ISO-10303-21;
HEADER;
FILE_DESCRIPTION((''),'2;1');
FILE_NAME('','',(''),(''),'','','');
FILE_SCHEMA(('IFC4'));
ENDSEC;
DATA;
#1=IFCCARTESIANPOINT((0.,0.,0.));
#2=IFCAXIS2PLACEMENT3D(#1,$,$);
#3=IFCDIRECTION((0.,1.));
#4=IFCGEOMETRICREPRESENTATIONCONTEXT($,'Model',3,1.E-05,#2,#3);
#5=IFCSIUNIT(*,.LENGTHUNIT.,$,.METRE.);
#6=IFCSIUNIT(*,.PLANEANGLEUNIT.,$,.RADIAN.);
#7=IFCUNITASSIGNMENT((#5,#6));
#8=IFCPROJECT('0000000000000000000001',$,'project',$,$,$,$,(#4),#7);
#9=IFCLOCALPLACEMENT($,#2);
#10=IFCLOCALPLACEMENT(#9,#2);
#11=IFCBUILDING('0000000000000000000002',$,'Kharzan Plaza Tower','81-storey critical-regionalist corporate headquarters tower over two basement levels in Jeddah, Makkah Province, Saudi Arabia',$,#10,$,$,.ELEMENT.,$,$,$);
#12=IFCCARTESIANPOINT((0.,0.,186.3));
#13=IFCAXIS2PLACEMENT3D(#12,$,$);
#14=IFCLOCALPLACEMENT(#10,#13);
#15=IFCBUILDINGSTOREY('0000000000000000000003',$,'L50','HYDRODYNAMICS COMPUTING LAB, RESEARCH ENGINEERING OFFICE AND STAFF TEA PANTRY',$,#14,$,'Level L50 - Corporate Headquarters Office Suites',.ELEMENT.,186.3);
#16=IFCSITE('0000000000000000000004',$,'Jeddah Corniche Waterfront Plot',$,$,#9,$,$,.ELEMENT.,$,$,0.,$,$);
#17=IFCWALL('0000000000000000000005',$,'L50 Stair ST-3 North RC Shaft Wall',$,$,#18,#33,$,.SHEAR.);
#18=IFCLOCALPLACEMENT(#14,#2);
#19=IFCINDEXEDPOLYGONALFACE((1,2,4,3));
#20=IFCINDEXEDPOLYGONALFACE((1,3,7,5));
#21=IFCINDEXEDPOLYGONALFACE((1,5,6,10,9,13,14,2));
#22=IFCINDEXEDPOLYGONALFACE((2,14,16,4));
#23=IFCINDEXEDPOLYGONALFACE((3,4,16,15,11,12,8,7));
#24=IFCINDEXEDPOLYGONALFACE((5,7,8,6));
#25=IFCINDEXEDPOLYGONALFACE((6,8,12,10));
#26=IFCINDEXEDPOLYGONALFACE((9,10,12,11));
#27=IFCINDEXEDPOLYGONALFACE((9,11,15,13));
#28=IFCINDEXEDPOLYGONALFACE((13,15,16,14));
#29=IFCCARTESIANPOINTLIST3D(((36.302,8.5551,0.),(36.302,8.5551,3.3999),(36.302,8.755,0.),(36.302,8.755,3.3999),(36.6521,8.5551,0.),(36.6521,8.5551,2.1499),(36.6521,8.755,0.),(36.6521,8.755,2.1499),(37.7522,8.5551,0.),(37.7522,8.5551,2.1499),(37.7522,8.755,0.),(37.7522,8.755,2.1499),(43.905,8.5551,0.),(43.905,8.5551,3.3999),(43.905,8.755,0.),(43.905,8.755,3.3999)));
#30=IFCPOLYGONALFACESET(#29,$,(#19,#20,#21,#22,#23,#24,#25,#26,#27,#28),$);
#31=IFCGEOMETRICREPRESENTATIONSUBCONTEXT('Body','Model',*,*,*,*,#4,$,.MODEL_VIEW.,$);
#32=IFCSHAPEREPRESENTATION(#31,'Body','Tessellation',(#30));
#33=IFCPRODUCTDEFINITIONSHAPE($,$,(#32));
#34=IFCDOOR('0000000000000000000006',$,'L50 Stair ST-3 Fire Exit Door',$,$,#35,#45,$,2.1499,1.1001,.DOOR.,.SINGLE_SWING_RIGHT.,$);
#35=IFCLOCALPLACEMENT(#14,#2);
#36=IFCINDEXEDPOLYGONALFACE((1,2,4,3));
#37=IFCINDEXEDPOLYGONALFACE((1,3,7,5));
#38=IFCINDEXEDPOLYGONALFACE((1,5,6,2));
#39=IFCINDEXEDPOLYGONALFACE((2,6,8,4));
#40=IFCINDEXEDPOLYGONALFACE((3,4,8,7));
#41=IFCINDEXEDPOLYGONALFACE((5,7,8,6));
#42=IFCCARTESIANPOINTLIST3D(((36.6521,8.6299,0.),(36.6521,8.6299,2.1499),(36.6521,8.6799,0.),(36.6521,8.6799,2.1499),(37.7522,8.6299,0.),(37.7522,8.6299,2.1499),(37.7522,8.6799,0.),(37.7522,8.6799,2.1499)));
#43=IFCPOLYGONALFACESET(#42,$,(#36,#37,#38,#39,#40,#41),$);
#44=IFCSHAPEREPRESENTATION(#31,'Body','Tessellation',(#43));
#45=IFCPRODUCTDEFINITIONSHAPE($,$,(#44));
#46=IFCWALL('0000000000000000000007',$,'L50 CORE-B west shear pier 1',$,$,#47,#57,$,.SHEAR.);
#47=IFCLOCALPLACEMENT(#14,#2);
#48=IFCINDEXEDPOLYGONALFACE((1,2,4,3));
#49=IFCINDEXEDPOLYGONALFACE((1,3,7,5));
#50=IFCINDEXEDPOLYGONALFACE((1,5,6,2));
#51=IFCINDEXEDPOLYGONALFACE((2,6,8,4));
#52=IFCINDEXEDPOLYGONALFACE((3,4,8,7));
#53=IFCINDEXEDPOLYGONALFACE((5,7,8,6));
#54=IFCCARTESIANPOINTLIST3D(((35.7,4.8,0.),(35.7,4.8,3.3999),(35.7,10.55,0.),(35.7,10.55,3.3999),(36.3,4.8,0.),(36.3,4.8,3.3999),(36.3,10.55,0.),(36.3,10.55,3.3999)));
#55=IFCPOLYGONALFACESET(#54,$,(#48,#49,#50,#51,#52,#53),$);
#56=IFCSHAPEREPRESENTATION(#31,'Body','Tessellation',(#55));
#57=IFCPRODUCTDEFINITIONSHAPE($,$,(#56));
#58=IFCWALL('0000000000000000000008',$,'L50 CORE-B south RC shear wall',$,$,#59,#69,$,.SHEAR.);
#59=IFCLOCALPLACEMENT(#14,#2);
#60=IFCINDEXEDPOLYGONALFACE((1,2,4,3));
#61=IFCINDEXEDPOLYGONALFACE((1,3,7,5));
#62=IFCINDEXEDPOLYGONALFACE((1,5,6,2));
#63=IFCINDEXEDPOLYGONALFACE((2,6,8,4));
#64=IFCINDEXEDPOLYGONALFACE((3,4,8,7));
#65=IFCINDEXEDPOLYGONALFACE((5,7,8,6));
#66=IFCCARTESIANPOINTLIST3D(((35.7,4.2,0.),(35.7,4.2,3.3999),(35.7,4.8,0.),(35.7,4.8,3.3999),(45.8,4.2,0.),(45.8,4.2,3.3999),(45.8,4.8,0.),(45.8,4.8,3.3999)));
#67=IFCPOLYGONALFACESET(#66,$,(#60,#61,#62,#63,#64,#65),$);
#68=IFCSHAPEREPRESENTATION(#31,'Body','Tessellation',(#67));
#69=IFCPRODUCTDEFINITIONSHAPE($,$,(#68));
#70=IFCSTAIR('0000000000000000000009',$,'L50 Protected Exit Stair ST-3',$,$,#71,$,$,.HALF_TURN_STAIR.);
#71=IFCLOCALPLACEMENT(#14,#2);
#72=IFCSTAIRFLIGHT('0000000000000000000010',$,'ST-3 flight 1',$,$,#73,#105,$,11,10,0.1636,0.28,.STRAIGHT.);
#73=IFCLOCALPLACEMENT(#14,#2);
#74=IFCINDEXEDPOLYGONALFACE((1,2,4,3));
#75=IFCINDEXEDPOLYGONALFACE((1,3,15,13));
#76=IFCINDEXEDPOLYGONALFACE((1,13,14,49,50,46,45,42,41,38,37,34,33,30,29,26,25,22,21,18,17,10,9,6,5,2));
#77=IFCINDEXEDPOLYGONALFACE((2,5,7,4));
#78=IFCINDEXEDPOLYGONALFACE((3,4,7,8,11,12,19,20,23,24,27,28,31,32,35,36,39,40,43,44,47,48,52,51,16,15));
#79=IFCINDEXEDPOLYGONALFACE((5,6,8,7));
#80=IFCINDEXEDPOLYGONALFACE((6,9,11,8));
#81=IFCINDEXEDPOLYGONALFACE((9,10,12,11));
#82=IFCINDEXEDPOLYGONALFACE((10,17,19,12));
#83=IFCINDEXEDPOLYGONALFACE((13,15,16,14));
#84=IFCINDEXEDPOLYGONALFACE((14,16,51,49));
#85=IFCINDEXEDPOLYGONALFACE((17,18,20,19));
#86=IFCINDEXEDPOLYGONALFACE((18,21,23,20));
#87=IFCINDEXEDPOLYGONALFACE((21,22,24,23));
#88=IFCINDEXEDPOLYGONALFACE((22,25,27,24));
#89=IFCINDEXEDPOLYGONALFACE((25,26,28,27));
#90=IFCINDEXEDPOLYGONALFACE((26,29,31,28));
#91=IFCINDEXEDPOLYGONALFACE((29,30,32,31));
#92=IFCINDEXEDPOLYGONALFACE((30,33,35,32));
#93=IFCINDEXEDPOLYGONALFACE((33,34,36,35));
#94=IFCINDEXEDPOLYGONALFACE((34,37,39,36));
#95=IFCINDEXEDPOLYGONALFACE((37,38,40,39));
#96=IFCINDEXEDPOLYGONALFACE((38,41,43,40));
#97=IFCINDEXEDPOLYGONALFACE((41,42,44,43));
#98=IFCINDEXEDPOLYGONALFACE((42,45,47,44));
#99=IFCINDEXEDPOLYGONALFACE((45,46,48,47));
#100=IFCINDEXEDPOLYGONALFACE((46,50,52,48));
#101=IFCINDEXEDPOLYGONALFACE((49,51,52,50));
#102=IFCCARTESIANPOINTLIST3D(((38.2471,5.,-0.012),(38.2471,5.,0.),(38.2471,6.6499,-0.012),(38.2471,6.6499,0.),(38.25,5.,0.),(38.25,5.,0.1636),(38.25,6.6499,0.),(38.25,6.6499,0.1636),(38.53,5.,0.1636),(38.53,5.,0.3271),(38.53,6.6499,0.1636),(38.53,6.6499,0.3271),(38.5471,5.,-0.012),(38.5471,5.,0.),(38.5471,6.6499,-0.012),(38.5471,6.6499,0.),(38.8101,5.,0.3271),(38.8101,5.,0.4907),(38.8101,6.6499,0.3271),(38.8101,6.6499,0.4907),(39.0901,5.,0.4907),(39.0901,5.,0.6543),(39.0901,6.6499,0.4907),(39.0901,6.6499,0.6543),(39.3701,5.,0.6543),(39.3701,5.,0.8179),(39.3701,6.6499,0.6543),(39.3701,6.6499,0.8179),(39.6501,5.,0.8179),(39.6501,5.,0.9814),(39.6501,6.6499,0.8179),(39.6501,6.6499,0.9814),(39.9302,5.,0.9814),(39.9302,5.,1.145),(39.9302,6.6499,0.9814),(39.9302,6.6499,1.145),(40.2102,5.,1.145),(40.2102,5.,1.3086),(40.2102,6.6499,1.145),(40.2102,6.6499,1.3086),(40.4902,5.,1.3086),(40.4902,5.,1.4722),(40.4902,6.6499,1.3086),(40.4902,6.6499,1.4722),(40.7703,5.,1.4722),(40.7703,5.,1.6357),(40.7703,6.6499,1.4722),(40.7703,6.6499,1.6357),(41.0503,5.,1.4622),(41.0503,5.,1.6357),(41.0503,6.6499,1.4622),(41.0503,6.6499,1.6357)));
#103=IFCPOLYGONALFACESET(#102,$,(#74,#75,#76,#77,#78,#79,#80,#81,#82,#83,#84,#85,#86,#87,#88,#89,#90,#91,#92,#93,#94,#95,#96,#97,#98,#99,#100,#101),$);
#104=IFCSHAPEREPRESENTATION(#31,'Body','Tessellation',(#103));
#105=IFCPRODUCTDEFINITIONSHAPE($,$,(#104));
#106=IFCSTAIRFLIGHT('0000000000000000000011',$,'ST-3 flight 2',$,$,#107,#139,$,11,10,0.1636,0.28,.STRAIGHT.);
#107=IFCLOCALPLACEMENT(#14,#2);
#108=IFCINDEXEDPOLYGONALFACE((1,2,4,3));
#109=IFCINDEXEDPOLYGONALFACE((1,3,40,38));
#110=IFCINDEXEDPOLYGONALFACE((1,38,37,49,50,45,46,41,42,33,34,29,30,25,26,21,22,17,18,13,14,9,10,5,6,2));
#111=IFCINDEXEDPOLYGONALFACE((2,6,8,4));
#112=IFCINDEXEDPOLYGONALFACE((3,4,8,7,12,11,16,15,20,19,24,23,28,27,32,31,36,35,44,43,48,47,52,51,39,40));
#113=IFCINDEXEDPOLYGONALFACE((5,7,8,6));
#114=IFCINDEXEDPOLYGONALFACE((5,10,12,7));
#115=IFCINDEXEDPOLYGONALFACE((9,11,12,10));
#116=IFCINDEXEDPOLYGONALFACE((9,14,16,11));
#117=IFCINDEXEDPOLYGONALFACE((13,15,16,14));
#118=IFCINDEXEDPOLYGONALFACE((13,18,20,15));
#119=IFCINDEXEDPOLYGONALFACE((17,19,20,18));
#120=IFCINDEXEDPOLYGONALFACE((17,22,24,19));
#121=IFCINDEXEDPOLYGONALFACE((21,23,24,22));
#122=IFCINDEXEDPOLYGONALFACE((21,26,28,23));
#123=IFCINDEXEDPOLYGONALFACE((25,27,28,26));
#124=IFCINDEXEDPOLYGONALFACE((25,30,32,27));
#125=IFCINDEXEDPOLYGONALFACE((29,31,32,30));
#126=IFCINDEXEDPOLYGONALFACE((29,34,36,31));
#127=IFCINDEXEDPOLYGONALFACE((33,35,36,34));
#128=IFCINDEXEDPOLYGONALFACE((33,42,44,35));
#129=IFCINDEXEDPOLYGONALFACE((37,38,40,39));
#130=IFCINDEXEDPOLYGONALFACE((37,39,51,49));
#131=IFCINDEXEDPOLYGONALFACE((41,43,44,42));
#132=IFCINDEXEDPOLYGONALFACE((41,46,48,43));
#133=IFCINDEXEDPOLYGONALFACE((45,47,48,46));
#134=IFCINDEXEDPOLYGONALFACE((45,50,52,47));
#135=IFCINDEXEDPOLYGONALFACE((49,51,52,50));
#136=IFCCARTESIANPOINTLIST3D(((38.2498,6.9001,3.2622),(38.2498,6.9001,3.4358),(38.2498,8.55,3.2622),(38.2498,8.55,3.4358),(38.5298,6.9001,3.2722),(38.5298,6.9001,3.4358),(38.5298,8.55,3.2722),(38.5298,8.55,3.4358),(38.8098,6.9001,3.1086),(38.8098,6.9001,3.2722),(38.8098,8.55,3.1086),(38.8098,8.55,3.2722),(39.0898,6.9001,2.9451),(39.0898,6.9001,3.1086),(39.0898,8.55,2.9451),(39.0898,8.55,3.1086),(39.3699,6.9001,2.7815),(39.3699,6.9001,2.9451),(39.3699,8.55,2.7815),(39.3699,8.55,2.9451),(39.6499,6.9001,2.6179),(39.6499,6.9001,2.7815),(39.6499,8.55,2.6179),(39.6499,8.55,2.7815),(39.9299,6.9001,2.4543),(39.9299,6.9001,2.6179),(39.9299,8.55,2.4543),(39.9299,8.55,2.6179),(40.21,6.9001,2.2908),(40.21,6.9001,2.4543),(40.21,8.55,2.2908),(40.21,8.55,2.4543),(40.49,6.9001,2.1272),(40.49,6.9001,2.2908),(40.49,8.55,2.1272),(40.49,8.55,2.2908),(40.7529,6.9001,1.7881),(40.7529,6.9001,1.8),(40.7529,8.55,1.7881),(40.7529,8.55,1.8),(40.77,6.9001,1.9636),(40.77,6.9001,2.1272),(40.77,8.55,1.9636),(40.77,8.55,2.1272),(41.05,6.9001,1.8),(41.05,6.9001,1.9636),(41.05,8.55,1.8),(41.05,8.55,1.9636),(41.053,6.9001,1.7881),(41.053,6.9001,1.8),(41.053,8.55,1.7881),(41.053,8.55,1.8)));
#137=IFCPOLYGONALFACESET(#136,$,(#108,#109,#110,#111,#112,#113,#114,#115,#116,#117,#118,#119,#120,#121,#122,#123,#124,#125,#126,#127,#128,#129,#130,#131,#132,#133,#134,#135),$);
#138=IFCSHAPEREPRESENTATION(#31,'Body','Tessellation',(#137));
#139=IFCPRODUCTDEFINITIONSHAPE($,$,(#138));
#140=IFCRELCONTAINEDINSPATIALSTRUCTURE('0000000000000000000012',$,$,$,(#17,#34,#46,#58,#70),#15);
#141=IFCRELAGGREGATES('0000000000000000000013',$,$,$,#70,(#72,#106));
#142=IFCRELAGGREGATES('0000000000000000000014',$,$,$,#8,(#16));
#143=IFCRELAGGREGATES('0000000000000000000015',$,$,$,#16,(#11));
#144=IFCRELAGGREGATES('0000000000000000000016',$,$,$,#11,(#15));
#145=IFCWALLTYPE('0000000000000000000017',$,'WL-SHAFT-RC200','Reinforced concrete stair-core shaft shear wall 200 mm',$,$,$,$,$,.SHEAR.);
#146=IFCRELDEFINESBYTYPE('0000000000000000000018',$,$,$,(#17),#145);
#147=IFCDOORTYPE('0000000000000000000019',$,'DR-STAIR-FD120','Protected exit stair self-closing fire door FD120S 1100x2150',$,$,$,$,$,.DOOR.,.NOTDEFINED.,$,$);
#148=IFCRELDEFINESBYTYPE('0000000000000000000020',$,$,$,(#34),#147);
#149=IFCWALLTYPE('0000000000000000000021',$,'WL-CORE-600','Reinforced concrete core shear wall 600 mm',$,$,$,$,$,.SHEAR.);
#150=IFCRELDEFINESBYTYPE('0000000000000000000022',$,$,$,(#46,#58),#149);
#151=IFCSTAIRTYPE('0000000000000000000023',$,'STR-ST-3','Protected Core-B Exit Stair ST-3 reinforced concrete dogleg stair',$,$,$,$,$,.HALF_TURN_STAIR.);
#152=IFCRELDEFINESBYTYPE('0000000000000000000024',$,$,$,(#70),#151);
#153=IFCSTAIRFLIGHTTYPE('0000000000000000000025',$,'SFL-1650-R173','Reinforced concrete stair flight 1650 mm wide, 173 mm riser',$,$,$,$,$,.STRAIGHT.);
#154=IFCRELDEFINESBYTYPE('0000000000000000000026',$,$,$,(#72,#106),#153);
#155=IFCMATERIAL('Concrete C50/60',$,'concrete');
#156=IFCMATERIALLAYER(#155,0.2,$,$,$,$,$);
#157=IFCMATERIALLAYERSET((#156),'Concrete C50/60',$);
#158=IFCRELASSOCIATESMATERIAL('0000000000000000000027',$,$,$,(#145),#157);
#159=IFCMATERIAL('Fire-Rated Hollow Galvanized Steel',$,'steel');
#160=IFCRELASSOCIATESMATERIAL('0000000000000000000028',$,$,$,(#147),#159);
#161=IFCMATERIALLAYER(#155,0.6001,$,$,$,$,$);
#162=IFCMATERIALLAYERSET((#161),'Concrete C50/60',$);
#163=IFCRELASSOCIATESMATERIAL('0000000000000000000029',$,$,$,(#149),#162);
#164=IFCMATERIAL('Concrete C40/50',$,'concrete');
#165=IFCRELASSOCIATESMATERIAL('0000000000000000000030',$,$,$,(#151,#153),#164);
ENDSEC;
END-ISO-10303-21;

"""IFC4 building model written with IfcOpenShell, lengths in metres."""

from ifc_helpers import new_model, si_unit, direction, frame, frame_2d, origin, place, context, subcontext, project, spatial, polyline, rectangle, outline, extrude, source, transform, mapped, material, layer, layer_set, type_object, element, fill, aggregate, save


model = new_model("IFC4")

# Units and contexts
model_context = context("Model", 3, precision=1e-05, world=origin(), true_north=direction((0.0, 1.0)))
body_context = subcontext(model_context, "Body", "Model", "MODEL_VIEW")
ifc_project = project(units=[si_unit("LENGTHUNIT", "METRE"), si_unit("PLANEANGLEUNIT", "RADIAN")], contexts=[model_context])

# Site, building, storey
site_placement = place(None, origin())
site = spatial("IfcSite", under=ifc_project, at=site_placement, Name="Jeddah Corniche Waterfront Plot", CompositionType="ELEMENT", RefElevation=0.0)
building_placement = place(site_placement, origin())
building = spatial("IfcBuilding", under=site, at=building_placement, Name="Kharzan Plaza Tower", Description="81-storey critical-regionalist corporate headquarters tower over two basement levels in Jeddah, Makkah Province, Saudi Arabia", CompositionType="ELEMENT")
storey_placement = place(building_placement, frame((0.0, 0.0, 186.3)))
storey = spatial("IfcBuildingStorey", under=building, at=storey_placement, Name="L50", Description="HYDRODYNAMICS COMPUTING LAB, RESEARCH ENGINEERING OFFICE AND STAFF TEA PANTRY", LongName="Level L50 - Corporate Headquarters Office Suites", CompositionType="ELEMENT", Elevation=186.3)

# Shared definitions
ifc_material_1 = material(Name="Concrete C50/60", Category="concrete")

# Shared definitions
ifc_material_2 = material(Name="Concrete C40/50", Category="concrete")

# Wall, opening, door
ifc_layer_1 = layer(ifc_material_1, 0.2)
ifc_layer_set_1 = layer_set([ifc_layer_1], Name="Concrete C50/60")
wall_type_1 = type_object("IfcWallType", Name="WL-SHAFT-RC200", Description="Reinforced concrete stair-core shaft shear wall 200 mm", PredefinedType="SHEAR", material=ifc_layer_set_1)
wall_1_placement = place(storey_placement, frame((36.302, 8.655, 0.0), z_axis=(0.0, 0.0, 1.0), x_axis=(1.0, 0.0, 0.0)))
wall_1 = element("IfcWall", 1, at=wall_1_placement, inside=storey, type_object=wall_type_1, Name="L50 Stair ST-3 North RC Shaft Wall", PredefinedType="SHEAR", context=body_context, shape_type="SweptSolid", body=[
    extrude(rectangle(XDim=7.603, YDim=0.2, at=frame_2d((3.8015, 0.0))), origin(), (0.0, 0.0, 1.0), 3.3999),
])
opening_1_placement = place(wall_1_placement, frame((0.3501, 0.0, 0.0)))
opening_1 = element("IfcOpeningElement", 2, at=opening_1_placement, cuts=wall_1, PredefinedType="OPENING", context=body_context, shape_type="SweptSolid", body=[
    extrude(rectangle(XDim=1.1001, YDim=2.1499, at=frame_2d((0.55, 1.075))), frame((0.0, 0.1099, 0.0), z_axis=(0.0, -1.0, 0.0), x_axis=(1.0, 0.0, 0.0)), (0.0, 0.0, 1.0), 0.22),
])
ifc_material_3 = material(Name="Fire-Rated Hollow Galvanized Steel", Category="steel")
door_type = type_object("IfcDoorType", Name="DR-STAIR-FD120", Description="Protected exit stair self-closing fire door FD120S 1100x2150", OperationType="NOTDEFINED", PredefinedType="DOOR", material=ifc_material_3)
shared_shape_1 = source(origin(), body_context, "Body", "SweptSolid", [
    extrude(rectangle(XDim=1.1001, YDim=2.1499, at=frame_2d((0.55, 1.075))), frame((0.0, 0.0249, 0.0), z_axis=(0.0, -1.0, 0.0), x_axis=(1.0, 0.0, 0.0)), (0.0, 0.0, 1.0), 0.05),
])
door_placement = place(opening_1_placement, origin())
door = element("IfcDoor", 3, at=door_placement, inside=storey, type_object=door_type, Name="L50 Stair ST-3 Fire Exit Door", OperationType="SINGLE_SWING_RIGHT", OverallHeight=2.1499, OverallWidth=1.1001, PredefinedType="DOOR", context=body_context, shape_type="MappedRepresentation", body=[
    mapped(shared_shape_1, transform((0.0, 0.0, 0.0), x_axis=(1.0, 0.0, 0.0), y_axis=(0.0, 1.0, 0.0), z_axis=(0.0, 0.0, 1.0))),
])
fill(opening_1, door)

# Walls
ifc_layer_2 = layer(ifc_material_1, 0.6001)
ifc_layer_set_2 = layer_set([ifc_layer_2], Name="Concrete C50/60")
wall_type_2 = type_object("IfcWallType", Name="WL-CORE-600", Description="Reinforced concrete core shear wall 600 mm", PredefinedType="SHEAR", material=ifc_layer_set_2)
shared_shape_2 = source(origin(), body_context, "Body", "SweptSolid", [
    extrude(rectangle(XDim=5.75, YDim=0.6001, at=frame_2d((2.875, 0.0))), origin(), (0.0, 0.0, 1.0), 3.3999),
])
wall_2_placement = place(storey_placement, frame((36.0, 4.8, 0.0), z_axis=(0.0, 0.0, 1.0), x_axis=(0.0, 1.0, 0.0)))
element("IfcWall", 4, at=wall_2_placement, inside=storey, type_object=wall_type_2, Name="L50 CORE-B west shear pier 1", PredefinedType="SHEAR", context=body_context, shape_type="MappedRepresentation", body=[
    mapped(shared_shape_2, transform((0.0, 0.0, 0.0), x_axis=(1.0, 0.0, 0.0), y_axis=(0.0, 1.0, 0.0), z_axis=(0.0, 0.0, 1.0))),
])
shared_shape_3 = source(origin(), body_context, "Body", "SweptSolid", [
    extrude(rectangle(XDim=10.1001, YDim=0.6001, at=frame_2d((5.05, 0.0))), origin(), (0.0, 0.0, 1.0), 3.3999),
])
wall_3_placement = place(storey_placement, frame((35.7, 4.5, 0.0), z_axis=(0.0, 0.0, 1.0), x_axis=(1.0, 0.0, 0.0)))
element("IfcWall", 5, at=wall_3_placement, inside=storey, type_object=wall_type_2, Name="L50 CORE-B south RC shear wall", PredefinedType="SHEAR", context=body_context, shape_type="MappedRepresentation", body=[
    mapped(shared_shape_3, transform((0.0, 0.0, 0.0), x_axis=(1.0, 0.0, 0.0), y_axis=(0.0, 1.0, 0.0), z_axis=(0.0, 0.0, 1.0))),
])

# Stair, stair flights
stair_type = type_object("IfcStairType", Name="STR-ST-3", Description="Protected Core-B Exit Stair ST-3 reinforced concrete dogleg stair", PredefinedType="HALF_TURN_STAIR", material=ifc_material_2)
stair_placement = place(storey_placement, origin())
stair = element("IfcStair", 6, at=stair_placement, inside=storey, type_object=stair_type, Name="L50 Protected Exit Stair ST-3", PredefinedType="HALF_TURN_STAIR")
stair_flight_type = type_object("IfcStairFlightType", Name="SFL-1650-R173", Description="Reinforced concrete stair flight 1650 mm wide, 173 mm riser", PredefinedType="STRAIGHT", material=ifc_material_2)
shared_shape_4 = source(origin(), body_context, "Body", "SweptSolid", [
    extrude(outline(polyline([(-0.0029, -0.012), (-0.0029, 0.0), (0.0, 0.0), (0.0, 0.1636), (0.28, 0.1636), (0.28, 0.3271), (0.5601, 0.3271), (0.5601, 0.4907), (0.8401, 0.4907), (0.8401, 0.6543), (1.1201, 0.6543), (1.1201, 0.8179), (1.4001, 0.8179), (1.4001, 0.9814), (1.6802, 0.9814), (1.6802, 1.145), (1.9602, 1.145), (1.9602, 1.3086), (2.2402, 1.3086), (2.2402, 1.4722), (2.5203, 1.4722), (2.5203, 1.6357), (2.8003, 1.6357), (2.8003, 1.7993), (2.8003, 1.4622), (0.2971, 0.0), (0.2971, -0.012), (-0.0029, -0.012)])), frame((0.0, 0.825, 0.0), z_axis=(0.0, -1.0, 0.0), x_axis=(1.0, 0.0, 0.0)), (0.0, 0.0, 1.0), 1.6499),
])
stair_flight_1_placement = place(storey_placement, frame((38.25, 5.825, 0.0), z_axis=(0.0, 0.0, 1.0), x_axis=(1.0, 0.0, 0.0)))
stair_flight_1 = element("IfcStairFlight", 7, at=stair_flight_1_placement, type_object=stair_flight_type, Name="ST-3 flight 1", NumberOfRisers=11, NumberOfTreads=10, PredefinedType="STRAIGHT", RiserHeight=0.1636, TreadLength=0.28, context=body_context, shape_type="MappedRepresentation", body=[
    mapped(shared_shape_4, transform((0.0, 0.0, 0.0), x_axis=(1.0, 0.0, 0.0), y_axis=(0.0, 1.0, 0.0), z_axis=(0.0, 0.0, 1.0))),
])
stair_flight_2_placement = place(storey_placement, frame((41.05, 7.7251, 1.8), z_axis=(0.0, 0.0, 1.0), x_axis=(-1.0, 0.0, 0.0)))
stair_flight_2 = element("IfcStairFlight", 8, at=stair_flight_2_placement, type_object=stair_flight_type, Name="ST-3 flight 2", NumberOfRisers=11, NumberOfTreads=10, PredefinedType="STRAIGHT", RiserHeight=0.1636, TreadLength=0.28, context=body_context, shape_type="MappedRepresentation", body=[
    mapped(shared_shape_4, transform((0.0, 0.0, 0.0), x_axis=(1.0, 0.0, 0.0), y_axis=(0.0, 1.0, 0.0), z_axis=(0.0, 0.0, 1.0))),
])
aggregate(stair, [stair_flight_1, stair_flight_2])

save(model, "model.ifc")
